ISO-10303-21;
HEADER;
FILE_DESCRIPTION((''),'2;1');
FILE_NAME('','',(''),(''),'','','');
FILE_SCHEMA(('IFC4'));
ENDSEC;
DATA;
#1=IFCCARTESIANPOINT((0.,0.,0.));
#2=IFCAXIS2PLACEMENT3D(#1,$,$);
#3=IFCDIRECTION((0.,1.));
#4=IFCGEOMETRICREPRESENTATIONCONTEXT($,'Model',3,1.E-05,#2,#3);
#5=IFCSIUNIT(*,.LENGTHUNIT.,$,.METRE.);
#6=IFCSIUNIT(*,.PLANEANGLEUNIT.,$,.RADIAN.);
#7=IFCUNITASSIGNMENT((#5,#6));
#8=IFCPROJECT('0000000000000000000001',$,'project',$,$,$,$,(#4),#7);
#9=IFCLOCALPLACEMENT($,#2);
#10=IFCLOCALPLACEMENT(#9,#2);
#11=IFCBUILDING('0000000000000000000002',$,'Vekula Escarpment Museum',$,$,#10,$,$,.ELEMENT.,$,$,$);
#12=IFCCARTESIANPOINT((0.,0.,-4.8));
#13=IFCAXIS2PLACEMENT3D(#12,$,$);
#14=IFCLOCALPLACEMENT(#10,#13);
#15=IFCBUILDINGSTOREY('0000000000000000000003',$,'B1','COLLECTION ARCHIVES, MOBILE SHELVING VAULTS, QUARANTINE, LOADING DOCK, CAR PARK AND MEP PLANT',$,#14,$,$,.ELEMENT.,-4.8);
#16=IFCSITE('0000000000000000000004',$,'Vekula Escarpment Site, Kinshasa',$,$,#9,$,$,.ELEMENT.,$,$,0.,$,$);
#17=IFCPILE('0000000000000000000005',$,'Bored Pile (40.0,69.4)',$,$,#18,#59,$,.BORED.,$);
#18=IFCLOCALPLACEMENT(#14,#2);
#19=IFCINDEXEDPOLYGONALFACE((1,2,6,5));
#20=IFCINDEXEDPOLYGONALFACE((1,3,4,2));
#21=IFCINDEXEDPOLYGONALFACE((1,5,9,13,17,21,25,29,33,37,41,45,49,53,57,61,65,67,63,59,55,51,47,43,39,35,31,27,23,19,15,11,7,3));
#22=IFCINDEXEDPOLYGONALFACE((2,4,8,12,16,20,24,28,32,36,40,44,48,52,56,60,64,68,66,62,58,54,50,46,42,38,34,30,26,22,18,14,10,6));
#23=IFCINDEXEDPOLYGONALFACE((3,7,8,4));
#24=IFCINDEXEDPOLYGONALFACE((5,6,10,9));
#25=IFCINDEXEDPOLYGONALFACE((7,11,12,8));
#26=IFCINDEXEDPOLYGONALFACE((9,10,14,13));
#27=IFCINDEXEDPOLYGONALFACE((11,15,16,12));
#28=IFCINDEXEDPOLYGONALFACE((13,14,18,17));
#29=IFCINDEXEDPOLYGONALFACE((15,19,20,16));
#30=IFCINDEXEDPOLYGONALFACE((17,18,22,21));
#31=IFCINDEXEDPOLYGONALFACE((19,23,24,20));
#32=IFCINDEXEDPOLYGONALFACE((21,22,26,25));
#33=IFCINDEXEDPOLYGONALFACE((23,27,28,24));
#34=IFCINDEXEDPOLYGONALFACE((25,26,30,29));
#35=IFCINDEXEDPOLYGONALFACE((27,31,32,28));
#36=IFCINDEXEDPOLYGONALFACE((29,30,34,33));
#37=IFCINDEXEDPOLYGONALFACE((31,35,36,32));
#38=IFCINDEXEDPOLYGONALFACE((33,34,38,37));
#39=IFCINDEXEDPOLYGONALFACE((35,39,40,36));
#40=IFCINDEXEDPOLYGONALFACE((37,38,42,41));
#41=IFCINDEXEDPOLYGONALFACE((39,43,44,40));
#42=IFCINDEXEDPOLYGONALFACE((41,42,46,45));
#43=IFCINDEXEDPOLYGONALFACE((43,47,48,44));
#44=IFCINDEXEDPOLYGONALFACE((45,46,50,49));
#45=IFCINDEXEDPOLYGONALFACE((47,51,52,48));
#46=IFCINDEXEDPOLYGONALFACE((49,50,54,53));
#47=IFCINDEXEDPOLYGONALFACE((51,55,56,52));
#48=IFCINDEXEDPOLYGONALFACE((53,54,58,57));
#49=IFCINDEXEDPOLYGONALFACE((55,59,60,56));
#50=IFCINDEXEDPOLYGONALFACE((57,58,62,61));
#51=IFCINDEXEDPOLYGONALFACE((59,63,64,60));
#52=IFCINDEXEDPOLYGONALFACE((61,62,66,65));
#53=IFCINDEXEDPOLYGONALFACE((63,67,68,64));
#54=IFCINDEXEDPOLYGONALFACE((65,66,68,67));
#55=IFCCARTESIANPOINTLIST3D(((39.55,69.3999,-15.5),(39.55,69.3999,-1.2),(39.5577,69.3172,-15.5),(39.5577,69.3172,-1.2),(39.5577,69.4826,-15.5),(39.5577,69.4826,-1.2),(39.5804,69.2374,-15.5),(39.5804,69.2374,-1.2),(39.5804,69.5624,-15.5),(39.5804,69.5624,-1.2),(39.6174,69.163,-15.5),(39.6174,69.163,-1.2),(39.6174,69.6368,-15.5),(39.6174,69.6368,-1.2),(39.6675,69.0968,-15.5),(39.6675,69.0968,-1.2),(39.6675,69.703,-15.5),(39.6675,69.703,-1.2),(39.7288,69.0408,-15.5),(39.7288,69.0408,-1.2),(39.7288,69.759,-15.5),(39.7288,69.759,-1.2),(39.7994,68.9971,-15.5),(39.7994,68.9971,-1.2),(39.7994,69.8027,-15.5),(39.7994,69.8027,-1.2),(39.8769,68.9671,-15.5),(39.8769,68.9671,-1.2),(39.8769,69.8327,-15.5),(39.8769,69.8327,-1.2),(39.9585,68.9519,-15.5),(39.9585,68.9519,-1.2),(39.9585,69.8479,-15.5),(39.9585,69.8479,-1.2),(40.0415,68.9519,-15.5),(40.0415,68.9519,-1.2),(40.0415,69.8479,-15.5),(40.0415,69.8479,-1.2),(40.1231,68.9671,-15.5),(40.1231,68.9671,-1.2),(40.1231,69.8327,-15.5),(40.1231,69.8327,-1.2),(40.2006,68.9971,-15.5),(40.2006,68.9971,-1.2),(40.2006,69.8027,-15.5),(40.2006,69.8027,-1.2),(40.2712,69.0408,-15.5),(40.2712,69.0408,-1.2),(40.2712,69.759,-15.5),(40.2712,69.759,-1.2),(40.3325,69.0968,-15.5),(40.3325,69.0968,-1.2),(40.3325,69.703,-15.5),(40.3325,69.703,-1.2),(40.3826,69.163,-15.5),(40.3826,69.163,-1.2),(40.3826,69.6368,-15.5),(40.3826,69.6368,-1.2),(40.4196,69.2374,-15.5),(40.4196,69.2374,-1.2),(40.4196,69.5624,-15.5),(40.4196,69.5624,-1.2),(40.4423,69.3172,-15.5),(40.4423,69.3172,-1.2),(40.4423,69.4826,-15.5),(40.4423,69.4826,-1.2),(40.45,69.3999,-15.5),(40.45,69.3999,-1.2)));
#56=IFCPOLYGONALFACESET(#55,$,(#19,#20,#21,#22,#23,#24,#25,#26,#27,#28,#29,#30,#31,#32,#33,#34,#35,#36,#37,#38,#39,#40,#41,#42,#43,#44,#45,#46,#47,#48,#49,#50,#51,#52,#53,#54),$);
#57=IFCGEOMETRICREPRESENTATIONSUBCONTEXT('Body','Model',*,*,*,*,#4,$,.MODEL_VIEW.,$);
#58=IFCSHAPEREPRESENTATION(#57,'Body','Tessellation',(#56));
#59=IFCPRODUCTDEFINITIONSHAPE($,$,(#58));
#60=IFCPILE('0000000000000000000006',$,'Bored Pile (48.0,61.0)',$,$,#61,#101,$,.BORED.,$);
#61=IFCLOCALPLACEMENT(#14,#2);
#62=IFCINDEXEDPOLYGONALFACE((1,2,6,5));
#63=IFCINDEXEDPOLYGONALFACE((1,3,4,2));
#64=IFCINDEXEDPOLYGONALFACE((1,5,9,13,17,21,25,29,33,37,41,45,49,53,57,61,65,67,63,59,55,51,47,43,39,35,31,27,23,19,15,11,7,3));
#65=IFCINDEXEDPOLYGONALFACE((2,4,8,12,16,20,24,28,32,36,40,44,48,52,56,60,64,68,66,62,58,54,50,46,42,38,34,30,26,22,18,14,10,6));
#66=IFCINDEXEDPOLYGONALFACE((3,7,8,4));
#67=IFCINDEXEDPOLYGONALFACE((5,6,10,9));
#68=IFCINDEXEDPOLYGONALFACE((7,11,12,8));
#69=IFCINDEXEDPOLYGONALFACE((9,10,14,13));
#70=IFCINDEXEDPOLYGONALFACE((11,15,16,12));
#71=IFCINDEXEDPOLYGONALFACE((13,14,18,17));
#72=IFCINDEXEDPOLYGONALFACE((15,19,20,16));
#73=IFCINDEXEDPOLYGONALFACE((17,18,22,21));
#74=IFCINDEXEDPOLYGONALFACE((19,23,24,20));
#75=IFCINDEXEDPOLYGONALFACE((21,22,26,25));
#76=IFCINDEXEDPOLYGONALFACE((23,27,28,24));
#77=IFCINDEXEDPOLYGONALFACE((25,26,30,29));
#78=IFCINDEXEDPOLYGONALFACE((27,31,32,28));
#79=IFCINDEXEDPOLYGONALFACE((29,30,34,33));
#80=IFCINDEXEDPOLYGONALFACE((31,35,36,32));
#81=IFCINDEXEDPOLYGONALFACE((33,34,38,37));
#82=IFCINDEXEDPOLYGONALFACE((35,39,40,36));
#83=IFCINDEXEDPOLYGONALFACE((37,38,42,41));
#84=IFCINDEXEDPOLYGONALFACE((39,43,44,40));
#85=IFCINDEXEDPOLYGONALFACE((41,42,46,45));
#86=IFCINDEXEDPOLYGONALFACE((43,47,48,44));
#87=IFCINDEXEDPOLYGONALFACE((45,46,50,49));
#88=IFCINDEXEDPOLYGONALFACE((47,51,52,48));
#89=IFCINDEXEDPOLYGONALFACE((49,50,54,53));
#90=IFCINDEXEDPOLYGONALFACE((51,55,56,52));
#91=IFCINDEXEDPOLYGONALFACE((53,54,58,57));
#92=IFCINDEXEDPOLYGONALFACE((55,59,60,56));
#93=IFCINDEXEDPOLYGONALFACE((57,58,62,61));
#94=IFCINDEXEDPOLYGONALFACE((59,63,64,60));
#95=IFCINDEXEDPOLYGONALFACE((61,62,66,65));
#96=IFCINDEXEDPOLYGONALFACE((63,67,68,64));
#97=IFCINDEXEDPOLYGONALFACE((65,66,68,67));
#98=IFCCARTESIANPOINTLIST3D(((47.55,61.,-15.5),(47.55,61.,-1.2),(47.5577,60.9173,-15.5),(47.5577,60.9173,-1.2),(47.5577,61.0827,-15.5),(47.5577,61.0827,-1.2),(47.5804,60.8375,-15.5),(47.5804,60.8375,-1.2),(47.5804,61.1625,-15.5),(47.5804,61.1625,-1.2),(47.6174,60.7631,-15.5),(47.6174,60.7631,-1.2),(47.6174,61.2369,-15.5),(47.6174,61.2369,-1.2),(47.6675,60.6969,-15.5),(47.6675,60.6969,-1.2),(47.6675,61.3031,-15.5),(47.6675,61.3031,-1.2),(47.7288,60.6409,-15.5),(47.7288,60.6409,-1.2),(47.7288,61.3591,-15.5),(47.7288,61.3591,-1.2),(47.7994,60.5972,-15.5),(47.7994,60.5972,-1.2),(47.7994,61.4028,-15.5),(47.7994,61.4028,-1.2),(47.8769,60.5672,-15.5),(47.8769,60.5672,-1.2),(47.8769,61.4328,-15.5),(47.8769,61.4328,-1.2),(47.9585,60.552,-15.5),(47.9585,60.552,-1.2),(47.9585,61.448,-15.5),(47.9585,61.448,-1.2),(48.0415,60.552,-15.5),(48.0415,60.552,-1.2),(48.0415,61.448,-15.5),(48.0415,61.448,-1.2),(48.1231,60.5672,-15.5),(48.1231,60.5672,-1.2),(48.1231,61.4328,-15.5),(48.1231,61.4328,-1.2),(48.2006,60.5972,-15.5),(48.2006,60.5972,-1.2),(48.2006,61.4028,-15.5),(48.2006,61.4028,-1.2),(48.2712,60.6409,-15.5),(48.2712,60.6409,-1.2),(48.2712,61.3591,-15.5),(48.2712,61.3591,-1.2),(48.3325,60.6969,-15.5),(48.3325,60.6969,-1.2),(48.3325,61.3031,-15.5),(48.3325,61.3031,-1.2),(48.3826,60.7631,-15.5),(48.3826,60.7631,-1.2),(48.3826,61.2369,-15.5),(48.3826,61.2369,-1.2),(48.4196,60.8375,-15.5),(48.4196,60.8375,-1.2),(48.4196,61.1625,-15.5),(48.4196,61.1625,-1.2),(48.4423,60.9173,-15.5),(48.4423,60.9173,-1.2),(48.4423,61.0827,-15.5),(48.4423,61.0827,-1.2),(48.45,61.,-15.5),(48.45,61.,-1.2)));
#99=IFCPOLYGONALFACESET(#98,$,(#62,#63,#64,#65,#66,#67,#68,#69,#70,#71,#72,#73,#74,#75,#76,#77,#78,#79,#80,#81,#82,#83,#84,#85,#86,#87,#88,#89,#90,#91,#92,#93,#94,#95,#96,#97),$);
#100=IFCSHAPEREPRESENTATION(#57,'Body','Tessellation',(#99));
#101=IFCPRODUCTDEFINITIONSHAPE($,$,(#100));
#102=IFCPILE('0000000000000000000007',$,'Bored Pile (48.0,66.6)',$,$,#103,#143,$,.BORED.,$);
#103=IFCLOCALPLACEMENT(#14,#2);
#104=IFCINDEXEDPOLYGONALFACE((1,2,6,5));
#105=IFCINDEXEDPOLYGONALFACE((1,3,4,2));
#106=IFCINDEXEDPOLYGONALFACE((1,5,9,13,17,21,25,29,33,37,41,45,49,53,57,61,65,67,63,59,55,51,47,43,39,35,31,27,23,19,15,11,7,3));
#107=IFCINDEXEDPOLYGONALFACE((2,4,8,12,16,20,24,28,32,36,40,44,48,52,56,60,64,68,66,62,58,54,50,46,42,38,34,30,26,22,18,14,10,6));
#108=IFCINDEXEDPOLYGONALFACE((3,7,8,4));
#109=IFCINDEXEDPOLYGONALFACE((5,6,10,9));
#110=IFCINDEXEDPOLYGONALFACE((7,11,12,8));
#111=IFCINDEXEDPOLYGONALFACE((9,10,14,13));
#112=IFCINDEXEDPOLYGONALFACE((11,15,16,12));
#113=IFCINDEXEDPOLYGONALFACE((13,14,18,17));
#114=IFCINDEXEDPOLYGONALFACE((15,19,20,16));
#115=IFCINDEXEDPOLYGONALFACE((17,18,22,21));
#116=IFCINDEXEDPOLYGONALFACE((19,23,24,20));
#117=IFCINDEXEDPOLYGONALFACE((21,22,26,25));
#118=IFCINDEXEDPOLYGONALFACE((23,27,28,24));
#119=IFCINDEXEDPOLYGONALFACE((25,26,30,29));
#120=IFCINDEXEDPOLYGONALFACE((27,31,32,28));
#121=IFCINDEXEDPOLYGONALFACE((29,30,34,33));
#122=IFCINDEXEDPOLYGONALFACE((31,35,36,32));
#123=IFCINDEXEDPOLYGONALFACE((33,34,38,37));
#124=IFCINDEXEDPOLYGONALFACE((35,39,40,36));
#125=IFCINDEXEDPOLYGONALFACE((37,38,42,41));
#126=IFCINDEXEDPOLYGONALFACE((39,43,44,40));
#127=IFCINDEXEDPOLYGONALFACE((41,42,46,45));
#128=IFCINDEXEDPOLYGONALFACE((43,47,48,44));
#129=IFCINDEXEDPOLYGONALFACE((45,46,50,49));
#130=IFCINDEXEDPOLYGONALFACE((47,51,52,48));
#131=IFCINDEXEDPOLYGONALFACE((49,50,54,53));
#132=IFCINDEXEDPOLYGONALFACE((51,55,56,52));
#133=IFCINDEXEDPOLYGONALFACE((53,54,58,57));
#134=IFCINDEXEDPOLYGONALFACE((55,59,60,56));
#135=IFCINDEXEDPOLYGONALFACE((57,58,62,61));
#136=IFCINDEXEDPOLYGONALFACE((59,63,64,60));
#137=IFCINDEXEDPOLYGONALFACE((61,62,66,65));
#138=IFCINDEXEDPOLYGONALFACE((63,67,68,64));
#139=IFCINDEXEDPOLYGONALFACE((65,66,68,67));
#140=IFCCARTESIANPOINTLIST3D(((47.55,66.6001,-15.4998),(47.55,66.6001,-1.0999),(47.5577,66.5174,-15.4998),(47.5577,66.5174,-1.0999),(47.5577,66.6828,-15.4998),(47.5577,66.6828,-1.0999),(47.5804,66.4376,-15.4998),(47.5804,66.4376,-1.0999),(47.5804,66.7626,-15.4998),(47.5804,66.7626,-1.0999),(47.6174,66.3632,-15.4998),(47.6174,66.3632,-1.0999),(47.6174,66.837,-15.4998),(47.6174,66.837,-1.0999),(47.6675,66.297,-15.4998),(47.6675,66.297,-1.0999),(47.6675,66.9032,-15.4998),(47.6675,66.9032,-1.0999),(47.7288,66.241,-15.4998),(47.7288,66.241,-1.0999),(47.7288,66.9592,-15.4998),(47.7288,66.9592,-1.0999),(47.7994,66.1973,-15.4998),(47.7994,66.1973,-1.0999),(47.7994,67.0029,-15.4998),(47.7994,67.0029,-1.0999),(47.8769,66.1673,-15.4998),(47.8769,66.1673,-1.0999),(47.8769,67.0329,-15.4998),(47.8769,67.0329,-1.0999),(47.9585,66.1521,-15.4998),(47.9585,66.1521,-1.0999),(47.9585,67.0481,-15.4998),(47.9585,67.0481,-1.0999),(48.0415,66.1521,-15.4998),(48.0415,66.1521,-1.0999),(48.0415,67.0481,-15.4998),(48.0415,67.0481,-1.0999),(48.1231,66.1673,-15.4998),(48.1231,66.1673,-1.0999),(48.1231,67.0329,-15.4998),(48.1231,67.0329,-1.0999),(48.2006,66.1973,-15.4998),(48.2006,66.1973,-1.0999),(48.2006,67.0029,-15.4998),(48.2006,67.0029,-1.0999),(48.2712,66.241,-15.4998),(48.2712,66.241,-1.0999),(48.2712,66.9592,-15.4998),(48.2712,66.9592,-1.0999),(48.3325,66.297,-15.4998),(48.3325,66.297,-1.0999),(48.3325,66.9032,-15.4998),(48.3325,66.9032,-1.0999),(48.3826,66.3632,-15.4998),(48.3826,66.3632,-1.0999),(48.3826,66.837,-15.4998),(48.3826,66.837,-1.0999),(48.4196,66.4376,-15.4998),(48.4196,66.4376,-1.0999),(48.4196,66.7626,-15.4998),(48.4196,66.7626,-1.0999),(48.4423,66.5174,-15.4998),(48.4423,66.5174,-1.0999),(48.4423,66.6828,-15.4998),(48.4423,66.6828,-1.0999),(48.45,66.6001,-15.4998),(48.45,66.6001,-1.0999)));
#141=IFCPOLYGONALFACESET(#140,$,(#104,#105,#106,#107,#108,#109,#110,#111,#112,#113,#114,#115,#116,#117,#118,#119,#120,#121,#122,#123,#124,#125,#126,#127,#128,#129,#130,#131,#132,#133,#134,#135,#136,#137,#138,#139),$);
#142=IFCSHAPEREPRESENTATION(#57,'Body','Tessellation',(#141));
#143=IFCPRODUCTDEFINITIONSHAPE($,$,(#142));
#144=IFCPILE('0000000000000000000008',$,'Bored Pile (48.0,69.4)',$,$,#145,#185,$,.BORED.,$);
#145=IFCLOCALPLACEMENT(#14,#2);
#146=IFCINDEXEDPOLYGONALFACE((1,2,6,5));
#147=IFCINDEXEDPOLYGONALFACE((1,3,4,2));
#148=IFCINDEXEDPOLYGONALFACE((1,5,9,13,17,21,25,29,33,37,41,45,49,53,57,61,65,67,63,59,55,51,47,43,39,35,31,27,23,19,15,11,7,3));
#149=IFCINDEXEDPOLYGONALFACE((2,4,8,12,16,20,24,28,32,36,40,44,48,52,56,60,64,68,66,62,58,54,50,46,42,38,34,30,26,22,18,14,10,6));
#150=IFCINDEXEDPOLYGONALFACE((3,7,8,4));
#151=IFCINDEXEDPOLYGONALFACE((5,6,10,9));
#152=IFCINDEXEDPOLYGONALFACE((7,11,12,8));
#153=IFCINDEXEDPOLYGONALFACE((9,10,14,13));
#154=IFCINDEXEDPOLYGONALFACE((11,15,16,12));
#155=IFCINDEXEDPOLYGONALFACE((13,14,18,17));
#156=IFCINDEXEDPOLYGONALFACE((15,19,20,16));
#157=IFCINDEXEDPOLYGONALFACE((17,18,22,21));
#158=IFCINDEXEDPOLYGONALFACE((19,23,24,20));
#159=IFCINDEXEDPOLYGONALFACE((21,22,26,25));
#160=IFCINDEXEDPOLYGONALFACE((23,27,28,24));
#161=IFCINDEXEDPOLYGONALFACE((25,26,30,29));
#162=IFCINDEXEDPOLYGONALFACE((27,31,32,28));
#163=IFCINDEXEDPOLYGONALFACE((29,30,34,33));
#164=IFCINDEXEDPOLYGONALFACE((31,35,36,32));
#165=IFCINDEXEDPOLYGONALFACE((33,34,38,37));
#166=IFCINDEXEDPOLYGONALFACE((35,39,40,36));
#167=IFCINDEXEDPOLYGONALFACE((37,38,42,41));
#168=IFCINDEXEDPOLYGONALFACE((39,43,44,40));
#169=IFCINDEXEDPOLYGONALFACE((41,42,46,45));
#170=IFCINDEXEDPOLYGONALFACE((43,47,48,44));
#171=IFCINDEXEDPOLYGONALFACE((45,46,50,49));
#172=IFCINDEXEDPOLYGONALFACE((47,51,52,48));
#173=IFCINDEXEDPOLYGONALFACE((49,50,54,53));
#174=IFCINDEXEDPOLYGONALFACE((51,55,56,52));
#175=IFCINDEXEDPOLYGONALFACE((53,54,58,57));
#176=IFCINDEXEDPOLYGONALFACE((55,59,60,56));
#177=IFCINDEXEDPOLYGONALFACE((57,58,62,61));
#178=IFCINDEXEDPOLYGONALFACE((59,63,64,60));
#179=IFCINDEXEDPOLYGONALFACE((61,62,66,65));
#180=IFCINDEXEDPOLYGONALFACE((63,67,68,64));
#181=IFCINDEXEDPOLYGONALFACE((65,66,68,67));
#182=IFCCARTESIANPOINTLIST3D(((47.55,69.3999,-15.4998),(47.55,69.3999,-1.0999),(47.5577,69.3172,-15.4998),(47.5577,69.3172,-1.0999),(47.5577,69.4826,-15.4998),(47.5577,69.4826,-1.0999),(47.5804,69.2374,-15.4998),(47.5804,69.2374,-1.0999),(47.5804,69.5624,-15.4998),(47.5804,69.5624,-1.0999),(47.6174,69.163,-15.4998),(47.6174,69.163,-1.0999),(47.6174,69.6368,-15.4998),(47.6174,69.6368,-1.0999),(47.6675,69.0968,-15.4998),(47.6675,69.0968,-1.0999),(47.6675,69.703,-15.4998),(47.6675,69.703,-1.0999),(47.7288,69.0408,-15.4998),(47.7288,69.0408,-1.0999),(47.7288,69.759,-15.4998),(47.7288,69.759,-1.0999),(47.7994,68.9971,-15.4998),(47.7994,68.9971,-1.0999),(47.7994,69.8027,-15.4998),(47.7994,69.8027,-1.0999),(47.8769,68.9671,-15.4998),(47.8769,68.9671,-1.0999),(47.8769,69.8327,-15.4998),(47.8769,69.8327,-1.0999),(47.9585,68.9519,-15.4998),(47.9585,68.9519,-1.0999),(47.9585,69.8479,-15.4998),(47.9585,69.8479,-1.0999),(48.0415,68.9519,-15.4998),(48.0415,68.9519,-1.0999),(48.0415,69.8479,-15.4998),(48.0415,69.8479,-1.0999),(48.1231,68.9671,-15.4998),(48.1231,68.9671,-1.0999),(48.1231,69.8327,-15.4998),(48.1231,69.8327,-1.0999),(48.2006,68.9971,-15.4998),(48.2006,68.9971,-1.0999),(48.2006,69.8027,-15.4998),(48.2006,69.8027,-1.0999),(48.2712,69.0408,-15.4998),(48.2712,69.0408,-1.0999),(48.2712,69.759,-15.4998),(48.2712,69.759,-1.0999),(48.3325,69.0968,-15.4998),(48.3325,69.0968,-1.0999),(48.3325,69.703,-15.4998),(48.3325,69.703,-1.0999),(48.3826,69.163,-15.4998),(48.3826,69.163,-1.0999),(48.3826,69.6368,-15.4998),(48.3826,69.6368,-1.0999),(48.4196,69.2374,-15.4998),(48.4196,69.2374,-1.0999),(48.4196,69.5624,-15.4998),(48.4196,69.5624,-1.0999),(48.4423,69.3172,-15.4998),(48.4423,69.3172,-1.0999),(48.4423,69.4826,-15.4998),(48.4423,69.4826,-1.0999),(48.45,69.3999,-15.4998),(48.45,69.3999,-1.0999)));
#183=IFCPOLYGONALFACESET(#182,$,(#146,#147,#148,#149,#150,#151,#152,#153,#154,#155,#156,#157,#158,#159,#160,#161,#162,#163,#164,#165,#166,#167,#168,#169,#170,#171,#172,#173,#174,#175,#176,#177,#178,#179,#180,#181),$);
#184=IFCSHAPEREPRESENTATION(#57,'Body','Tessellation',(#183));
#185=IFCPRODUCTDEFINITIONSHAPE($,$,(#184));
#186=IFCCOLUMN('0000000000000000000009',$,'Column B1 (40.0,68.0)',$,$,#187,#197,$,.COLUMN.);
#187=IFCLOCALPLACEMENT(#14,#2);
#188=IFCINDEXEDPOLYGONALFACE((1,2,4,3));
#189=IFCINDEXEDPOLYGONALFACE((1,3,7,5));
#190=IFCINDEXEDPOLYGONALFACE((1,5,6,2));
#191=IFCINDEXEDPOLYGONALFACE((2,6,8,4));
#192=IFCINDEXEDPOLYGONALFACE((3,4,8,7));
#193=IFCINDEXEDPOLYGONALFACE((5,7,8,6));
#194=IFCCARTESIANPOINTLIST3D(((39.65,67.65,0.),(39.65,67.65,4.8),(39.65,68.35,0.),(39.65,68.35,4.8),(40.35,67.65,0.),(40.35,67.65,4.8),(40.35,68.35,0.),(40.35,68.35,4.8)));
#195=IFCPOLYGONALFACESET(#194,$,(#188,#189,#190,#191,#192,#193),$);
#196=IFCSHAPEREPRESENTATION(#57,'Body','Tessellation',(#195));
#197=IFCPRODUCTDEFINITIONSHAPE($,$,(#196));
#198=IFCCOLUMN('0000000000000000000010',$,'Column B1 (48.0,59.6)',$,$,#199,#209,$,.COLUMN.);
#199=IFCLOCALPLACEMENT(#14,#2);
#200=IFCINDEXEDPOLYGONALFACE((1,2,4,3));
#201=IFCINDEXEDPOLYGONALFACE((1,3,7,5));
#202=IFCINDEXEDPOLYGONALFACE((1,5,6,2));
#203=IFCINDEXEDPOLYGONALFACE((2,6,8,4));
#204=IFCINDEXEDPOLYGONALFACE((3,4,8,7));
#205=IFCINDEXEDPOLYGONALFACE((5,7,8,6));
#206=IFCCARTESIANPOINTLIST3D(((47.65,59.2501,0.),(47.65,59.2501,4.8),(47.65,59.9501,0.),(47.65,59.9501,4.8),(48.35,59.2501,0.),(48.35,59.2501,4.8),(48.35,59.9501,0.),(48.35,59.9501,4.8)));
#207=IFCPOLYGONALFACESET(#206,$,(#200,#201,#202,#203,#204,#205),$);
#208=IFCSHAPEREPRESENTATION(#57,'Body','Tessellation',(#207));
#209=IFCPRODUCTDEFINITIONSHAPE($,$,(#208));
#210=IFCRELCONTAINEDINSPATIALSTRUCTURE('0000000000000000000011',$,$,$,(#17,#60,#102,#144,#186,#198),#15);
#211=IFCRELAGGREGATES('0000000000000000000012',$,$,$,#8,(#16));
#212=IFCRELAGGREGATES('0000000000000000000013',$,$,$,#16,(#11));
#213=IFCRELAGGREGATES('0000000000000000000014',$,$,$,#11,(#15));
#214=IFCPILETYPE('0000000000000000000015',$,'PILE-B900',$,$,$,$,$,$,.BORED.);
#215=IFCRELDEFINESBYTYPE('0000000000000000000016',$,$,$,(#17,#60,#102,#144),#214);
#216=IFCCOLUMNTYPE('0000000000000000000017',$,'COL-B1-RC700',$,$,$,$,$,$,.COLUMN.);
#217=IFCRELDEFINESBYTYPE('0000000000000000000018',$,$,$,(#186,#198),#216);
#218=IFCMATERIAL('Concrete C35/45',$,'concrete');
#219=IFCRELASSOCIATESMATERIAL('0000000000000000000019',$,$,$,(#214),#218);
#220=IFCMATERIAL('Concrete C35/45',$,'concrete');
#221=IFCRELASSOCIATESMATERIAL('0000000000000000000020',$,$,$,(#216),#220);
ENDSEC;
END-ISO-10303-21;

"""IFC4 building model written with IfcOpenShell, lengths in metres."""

from ifc_helpers import new_model, si_unit, direction, frame, origin, origin_2d, place, context, subcontext, project, spatial, rectangle, circle, extrude, material, material_profile, profile_set, type_object, element, save


model = new_model("IFC4")

# Units and contexts
model_context = context("Model", 3, precision=1e-05, world=origin(), true_north=direction((0.0, 1.0)))
body_context = subcontext(model_context, "Body", "Model", "MODEL_VIEW")
ifc_project = project(units=[si_unit("LENGTHUNIT", "METRE"), si_unit("PLANEANGLEUNIT", "RADIAN")], contexts=[model_context])

# Site, building, storey
site_placement = place(None, origin())
site = spatial("IfcSite", under=ifc_project, at=site_placement, Name="Vekula Escarpment Site, Kinshasa", CompositionType="ELEMENT", RefElevation=0.0)
building_placement = place(site_placement, origin())
building = spatial("IfcBuilding", under=site, at=building_placement, Name="Vekula Escarpment Museum", CompositionType="ELEMENT")
storey_placement = place(building_placement, frame((0.0, 0.0, -4.8)))
storey = spatial("IfcBuildingStorey", under=building, at=storey_placement, Name="B1", Description="COLLECTION ARCHIVES, MOBILE SHELVING VAULTS, QUARANTINE, LOADING DOCK, CAR PARK AND MEP PLANT", CompositionType="ELEMENT", Elevation=-4.8)

# Piles
ifc_material_1 = material(Name="Concrete C35/45", Category="concrete")
ifc_material_profile_1 = material_profile(ifc_material_1, circle(Radius=0.45, at=origin_2d()), Name="BORED PILE 900")
ifc_profile_set_1 = profile_set([ifc_material_profile_1], Name="Concrete C35/45")
pile_type = type_object("IfcPileType", Name="PILE-B900", PredefinedType="BORED", material=ifc_profile_set_1)
for number, where, z_axis, x_axis, name in (
    (1, (40.0, 69.3999, -1.2), (0.0, 0.0, -1.0), (1.0, 0.0, 0.0), "Bored Pile (40.0,69.4)"),
    (2, (48.0, 61.0, -1.2), (0.0, 0.0, -1.0), (1.0, 0.0, 0.0), "Bored Pile (48.0,61.0)"),
):
    element("IfcPile", number, at=place(storey_placement, frame(where, z_axis=z_axis, x_axis=x_axis)), inside=storey, type_object=pile_type, Name=name, PredefinedType="BORED", context=body_context, shape_type="SweptSolid", body=[
        extrude(circle(Radius=0.45, at=origin_2d()), origin(), (0.0, 0.0, 1.0), 14.3),
    ])
for number, where, z_axis, x_axis, name in (
    (3, (48.0, 66.6001, -1.0999), (0.0, 0.0, -1.0), (1.0, 0.0, 0.0), "Bored Pile (48.0,66.6)"),
    (4, (48.0, 69.3999, -1.0999), (0.0, 0.0, -1.0), (1.0, 0.0, 0.0), "Bored Pile (48.0,69.4)"),
):
    element("IfcPile", number, at=place(storey_placement, frame(where, z_axis=z_axis, x_axis=x_axis)), inside=storey, type_object=pile_type, Name=name, PredefinedType="BORED", context=body_context, shape_type="SweptSolid", body=[
        extrude(circle(Radius=0.45, at=origin_2d()), origin(), (0.0, 0.0, 1.0), 14.3999),
    ])

# Columns
ifc_material_2 = material(Name="Concrete C35/45", Category="concrete")
ifc_material_profile_2 = material_profile(ifc_material_2, rectangle(XDim=0.7, YDim=0.7, at=origin_2d()), Name="RC 700x700")
ifc_profile_set_2 = profile_set([ifc_material_profile_2], Name="Concrete C35/45")
column_type = type_object("IfcColumnType", Name="COL-B1-RC700", PredefinedType="COLUMN", material=ifc_profile_set_2)
for number, where, z_axis, x_axis, name in (
    (5, (40.0, 68.0, 0.0), (0.0, 0.0, 1.0), (1.0, 0.0, 0.0), "Column B1 (40.0,68.0)"),
    (6, (48.0, 59.6001, 0.0), (0.0, 0.0, 1.0), (1.0, 0.0, 0.0), "Column B1 (48.0,59.6)"),
):
    element("IfcColumn", number, at=place(storey_placement, frame(where, z_axis=z_axis, x_axis=x_axis)), inside=storey, type_object=column_type, Name=name, PredefinedType="COLUMN", context=body_context, shape_type="SweptSolid", body=[
        extrude(rectangle(XDim=0.7, YDim=0.7, at=origin_2d()), origin(), (0.0, 0.0, 1.0), 4.8),
    ])

save(model, "model.ifc")
